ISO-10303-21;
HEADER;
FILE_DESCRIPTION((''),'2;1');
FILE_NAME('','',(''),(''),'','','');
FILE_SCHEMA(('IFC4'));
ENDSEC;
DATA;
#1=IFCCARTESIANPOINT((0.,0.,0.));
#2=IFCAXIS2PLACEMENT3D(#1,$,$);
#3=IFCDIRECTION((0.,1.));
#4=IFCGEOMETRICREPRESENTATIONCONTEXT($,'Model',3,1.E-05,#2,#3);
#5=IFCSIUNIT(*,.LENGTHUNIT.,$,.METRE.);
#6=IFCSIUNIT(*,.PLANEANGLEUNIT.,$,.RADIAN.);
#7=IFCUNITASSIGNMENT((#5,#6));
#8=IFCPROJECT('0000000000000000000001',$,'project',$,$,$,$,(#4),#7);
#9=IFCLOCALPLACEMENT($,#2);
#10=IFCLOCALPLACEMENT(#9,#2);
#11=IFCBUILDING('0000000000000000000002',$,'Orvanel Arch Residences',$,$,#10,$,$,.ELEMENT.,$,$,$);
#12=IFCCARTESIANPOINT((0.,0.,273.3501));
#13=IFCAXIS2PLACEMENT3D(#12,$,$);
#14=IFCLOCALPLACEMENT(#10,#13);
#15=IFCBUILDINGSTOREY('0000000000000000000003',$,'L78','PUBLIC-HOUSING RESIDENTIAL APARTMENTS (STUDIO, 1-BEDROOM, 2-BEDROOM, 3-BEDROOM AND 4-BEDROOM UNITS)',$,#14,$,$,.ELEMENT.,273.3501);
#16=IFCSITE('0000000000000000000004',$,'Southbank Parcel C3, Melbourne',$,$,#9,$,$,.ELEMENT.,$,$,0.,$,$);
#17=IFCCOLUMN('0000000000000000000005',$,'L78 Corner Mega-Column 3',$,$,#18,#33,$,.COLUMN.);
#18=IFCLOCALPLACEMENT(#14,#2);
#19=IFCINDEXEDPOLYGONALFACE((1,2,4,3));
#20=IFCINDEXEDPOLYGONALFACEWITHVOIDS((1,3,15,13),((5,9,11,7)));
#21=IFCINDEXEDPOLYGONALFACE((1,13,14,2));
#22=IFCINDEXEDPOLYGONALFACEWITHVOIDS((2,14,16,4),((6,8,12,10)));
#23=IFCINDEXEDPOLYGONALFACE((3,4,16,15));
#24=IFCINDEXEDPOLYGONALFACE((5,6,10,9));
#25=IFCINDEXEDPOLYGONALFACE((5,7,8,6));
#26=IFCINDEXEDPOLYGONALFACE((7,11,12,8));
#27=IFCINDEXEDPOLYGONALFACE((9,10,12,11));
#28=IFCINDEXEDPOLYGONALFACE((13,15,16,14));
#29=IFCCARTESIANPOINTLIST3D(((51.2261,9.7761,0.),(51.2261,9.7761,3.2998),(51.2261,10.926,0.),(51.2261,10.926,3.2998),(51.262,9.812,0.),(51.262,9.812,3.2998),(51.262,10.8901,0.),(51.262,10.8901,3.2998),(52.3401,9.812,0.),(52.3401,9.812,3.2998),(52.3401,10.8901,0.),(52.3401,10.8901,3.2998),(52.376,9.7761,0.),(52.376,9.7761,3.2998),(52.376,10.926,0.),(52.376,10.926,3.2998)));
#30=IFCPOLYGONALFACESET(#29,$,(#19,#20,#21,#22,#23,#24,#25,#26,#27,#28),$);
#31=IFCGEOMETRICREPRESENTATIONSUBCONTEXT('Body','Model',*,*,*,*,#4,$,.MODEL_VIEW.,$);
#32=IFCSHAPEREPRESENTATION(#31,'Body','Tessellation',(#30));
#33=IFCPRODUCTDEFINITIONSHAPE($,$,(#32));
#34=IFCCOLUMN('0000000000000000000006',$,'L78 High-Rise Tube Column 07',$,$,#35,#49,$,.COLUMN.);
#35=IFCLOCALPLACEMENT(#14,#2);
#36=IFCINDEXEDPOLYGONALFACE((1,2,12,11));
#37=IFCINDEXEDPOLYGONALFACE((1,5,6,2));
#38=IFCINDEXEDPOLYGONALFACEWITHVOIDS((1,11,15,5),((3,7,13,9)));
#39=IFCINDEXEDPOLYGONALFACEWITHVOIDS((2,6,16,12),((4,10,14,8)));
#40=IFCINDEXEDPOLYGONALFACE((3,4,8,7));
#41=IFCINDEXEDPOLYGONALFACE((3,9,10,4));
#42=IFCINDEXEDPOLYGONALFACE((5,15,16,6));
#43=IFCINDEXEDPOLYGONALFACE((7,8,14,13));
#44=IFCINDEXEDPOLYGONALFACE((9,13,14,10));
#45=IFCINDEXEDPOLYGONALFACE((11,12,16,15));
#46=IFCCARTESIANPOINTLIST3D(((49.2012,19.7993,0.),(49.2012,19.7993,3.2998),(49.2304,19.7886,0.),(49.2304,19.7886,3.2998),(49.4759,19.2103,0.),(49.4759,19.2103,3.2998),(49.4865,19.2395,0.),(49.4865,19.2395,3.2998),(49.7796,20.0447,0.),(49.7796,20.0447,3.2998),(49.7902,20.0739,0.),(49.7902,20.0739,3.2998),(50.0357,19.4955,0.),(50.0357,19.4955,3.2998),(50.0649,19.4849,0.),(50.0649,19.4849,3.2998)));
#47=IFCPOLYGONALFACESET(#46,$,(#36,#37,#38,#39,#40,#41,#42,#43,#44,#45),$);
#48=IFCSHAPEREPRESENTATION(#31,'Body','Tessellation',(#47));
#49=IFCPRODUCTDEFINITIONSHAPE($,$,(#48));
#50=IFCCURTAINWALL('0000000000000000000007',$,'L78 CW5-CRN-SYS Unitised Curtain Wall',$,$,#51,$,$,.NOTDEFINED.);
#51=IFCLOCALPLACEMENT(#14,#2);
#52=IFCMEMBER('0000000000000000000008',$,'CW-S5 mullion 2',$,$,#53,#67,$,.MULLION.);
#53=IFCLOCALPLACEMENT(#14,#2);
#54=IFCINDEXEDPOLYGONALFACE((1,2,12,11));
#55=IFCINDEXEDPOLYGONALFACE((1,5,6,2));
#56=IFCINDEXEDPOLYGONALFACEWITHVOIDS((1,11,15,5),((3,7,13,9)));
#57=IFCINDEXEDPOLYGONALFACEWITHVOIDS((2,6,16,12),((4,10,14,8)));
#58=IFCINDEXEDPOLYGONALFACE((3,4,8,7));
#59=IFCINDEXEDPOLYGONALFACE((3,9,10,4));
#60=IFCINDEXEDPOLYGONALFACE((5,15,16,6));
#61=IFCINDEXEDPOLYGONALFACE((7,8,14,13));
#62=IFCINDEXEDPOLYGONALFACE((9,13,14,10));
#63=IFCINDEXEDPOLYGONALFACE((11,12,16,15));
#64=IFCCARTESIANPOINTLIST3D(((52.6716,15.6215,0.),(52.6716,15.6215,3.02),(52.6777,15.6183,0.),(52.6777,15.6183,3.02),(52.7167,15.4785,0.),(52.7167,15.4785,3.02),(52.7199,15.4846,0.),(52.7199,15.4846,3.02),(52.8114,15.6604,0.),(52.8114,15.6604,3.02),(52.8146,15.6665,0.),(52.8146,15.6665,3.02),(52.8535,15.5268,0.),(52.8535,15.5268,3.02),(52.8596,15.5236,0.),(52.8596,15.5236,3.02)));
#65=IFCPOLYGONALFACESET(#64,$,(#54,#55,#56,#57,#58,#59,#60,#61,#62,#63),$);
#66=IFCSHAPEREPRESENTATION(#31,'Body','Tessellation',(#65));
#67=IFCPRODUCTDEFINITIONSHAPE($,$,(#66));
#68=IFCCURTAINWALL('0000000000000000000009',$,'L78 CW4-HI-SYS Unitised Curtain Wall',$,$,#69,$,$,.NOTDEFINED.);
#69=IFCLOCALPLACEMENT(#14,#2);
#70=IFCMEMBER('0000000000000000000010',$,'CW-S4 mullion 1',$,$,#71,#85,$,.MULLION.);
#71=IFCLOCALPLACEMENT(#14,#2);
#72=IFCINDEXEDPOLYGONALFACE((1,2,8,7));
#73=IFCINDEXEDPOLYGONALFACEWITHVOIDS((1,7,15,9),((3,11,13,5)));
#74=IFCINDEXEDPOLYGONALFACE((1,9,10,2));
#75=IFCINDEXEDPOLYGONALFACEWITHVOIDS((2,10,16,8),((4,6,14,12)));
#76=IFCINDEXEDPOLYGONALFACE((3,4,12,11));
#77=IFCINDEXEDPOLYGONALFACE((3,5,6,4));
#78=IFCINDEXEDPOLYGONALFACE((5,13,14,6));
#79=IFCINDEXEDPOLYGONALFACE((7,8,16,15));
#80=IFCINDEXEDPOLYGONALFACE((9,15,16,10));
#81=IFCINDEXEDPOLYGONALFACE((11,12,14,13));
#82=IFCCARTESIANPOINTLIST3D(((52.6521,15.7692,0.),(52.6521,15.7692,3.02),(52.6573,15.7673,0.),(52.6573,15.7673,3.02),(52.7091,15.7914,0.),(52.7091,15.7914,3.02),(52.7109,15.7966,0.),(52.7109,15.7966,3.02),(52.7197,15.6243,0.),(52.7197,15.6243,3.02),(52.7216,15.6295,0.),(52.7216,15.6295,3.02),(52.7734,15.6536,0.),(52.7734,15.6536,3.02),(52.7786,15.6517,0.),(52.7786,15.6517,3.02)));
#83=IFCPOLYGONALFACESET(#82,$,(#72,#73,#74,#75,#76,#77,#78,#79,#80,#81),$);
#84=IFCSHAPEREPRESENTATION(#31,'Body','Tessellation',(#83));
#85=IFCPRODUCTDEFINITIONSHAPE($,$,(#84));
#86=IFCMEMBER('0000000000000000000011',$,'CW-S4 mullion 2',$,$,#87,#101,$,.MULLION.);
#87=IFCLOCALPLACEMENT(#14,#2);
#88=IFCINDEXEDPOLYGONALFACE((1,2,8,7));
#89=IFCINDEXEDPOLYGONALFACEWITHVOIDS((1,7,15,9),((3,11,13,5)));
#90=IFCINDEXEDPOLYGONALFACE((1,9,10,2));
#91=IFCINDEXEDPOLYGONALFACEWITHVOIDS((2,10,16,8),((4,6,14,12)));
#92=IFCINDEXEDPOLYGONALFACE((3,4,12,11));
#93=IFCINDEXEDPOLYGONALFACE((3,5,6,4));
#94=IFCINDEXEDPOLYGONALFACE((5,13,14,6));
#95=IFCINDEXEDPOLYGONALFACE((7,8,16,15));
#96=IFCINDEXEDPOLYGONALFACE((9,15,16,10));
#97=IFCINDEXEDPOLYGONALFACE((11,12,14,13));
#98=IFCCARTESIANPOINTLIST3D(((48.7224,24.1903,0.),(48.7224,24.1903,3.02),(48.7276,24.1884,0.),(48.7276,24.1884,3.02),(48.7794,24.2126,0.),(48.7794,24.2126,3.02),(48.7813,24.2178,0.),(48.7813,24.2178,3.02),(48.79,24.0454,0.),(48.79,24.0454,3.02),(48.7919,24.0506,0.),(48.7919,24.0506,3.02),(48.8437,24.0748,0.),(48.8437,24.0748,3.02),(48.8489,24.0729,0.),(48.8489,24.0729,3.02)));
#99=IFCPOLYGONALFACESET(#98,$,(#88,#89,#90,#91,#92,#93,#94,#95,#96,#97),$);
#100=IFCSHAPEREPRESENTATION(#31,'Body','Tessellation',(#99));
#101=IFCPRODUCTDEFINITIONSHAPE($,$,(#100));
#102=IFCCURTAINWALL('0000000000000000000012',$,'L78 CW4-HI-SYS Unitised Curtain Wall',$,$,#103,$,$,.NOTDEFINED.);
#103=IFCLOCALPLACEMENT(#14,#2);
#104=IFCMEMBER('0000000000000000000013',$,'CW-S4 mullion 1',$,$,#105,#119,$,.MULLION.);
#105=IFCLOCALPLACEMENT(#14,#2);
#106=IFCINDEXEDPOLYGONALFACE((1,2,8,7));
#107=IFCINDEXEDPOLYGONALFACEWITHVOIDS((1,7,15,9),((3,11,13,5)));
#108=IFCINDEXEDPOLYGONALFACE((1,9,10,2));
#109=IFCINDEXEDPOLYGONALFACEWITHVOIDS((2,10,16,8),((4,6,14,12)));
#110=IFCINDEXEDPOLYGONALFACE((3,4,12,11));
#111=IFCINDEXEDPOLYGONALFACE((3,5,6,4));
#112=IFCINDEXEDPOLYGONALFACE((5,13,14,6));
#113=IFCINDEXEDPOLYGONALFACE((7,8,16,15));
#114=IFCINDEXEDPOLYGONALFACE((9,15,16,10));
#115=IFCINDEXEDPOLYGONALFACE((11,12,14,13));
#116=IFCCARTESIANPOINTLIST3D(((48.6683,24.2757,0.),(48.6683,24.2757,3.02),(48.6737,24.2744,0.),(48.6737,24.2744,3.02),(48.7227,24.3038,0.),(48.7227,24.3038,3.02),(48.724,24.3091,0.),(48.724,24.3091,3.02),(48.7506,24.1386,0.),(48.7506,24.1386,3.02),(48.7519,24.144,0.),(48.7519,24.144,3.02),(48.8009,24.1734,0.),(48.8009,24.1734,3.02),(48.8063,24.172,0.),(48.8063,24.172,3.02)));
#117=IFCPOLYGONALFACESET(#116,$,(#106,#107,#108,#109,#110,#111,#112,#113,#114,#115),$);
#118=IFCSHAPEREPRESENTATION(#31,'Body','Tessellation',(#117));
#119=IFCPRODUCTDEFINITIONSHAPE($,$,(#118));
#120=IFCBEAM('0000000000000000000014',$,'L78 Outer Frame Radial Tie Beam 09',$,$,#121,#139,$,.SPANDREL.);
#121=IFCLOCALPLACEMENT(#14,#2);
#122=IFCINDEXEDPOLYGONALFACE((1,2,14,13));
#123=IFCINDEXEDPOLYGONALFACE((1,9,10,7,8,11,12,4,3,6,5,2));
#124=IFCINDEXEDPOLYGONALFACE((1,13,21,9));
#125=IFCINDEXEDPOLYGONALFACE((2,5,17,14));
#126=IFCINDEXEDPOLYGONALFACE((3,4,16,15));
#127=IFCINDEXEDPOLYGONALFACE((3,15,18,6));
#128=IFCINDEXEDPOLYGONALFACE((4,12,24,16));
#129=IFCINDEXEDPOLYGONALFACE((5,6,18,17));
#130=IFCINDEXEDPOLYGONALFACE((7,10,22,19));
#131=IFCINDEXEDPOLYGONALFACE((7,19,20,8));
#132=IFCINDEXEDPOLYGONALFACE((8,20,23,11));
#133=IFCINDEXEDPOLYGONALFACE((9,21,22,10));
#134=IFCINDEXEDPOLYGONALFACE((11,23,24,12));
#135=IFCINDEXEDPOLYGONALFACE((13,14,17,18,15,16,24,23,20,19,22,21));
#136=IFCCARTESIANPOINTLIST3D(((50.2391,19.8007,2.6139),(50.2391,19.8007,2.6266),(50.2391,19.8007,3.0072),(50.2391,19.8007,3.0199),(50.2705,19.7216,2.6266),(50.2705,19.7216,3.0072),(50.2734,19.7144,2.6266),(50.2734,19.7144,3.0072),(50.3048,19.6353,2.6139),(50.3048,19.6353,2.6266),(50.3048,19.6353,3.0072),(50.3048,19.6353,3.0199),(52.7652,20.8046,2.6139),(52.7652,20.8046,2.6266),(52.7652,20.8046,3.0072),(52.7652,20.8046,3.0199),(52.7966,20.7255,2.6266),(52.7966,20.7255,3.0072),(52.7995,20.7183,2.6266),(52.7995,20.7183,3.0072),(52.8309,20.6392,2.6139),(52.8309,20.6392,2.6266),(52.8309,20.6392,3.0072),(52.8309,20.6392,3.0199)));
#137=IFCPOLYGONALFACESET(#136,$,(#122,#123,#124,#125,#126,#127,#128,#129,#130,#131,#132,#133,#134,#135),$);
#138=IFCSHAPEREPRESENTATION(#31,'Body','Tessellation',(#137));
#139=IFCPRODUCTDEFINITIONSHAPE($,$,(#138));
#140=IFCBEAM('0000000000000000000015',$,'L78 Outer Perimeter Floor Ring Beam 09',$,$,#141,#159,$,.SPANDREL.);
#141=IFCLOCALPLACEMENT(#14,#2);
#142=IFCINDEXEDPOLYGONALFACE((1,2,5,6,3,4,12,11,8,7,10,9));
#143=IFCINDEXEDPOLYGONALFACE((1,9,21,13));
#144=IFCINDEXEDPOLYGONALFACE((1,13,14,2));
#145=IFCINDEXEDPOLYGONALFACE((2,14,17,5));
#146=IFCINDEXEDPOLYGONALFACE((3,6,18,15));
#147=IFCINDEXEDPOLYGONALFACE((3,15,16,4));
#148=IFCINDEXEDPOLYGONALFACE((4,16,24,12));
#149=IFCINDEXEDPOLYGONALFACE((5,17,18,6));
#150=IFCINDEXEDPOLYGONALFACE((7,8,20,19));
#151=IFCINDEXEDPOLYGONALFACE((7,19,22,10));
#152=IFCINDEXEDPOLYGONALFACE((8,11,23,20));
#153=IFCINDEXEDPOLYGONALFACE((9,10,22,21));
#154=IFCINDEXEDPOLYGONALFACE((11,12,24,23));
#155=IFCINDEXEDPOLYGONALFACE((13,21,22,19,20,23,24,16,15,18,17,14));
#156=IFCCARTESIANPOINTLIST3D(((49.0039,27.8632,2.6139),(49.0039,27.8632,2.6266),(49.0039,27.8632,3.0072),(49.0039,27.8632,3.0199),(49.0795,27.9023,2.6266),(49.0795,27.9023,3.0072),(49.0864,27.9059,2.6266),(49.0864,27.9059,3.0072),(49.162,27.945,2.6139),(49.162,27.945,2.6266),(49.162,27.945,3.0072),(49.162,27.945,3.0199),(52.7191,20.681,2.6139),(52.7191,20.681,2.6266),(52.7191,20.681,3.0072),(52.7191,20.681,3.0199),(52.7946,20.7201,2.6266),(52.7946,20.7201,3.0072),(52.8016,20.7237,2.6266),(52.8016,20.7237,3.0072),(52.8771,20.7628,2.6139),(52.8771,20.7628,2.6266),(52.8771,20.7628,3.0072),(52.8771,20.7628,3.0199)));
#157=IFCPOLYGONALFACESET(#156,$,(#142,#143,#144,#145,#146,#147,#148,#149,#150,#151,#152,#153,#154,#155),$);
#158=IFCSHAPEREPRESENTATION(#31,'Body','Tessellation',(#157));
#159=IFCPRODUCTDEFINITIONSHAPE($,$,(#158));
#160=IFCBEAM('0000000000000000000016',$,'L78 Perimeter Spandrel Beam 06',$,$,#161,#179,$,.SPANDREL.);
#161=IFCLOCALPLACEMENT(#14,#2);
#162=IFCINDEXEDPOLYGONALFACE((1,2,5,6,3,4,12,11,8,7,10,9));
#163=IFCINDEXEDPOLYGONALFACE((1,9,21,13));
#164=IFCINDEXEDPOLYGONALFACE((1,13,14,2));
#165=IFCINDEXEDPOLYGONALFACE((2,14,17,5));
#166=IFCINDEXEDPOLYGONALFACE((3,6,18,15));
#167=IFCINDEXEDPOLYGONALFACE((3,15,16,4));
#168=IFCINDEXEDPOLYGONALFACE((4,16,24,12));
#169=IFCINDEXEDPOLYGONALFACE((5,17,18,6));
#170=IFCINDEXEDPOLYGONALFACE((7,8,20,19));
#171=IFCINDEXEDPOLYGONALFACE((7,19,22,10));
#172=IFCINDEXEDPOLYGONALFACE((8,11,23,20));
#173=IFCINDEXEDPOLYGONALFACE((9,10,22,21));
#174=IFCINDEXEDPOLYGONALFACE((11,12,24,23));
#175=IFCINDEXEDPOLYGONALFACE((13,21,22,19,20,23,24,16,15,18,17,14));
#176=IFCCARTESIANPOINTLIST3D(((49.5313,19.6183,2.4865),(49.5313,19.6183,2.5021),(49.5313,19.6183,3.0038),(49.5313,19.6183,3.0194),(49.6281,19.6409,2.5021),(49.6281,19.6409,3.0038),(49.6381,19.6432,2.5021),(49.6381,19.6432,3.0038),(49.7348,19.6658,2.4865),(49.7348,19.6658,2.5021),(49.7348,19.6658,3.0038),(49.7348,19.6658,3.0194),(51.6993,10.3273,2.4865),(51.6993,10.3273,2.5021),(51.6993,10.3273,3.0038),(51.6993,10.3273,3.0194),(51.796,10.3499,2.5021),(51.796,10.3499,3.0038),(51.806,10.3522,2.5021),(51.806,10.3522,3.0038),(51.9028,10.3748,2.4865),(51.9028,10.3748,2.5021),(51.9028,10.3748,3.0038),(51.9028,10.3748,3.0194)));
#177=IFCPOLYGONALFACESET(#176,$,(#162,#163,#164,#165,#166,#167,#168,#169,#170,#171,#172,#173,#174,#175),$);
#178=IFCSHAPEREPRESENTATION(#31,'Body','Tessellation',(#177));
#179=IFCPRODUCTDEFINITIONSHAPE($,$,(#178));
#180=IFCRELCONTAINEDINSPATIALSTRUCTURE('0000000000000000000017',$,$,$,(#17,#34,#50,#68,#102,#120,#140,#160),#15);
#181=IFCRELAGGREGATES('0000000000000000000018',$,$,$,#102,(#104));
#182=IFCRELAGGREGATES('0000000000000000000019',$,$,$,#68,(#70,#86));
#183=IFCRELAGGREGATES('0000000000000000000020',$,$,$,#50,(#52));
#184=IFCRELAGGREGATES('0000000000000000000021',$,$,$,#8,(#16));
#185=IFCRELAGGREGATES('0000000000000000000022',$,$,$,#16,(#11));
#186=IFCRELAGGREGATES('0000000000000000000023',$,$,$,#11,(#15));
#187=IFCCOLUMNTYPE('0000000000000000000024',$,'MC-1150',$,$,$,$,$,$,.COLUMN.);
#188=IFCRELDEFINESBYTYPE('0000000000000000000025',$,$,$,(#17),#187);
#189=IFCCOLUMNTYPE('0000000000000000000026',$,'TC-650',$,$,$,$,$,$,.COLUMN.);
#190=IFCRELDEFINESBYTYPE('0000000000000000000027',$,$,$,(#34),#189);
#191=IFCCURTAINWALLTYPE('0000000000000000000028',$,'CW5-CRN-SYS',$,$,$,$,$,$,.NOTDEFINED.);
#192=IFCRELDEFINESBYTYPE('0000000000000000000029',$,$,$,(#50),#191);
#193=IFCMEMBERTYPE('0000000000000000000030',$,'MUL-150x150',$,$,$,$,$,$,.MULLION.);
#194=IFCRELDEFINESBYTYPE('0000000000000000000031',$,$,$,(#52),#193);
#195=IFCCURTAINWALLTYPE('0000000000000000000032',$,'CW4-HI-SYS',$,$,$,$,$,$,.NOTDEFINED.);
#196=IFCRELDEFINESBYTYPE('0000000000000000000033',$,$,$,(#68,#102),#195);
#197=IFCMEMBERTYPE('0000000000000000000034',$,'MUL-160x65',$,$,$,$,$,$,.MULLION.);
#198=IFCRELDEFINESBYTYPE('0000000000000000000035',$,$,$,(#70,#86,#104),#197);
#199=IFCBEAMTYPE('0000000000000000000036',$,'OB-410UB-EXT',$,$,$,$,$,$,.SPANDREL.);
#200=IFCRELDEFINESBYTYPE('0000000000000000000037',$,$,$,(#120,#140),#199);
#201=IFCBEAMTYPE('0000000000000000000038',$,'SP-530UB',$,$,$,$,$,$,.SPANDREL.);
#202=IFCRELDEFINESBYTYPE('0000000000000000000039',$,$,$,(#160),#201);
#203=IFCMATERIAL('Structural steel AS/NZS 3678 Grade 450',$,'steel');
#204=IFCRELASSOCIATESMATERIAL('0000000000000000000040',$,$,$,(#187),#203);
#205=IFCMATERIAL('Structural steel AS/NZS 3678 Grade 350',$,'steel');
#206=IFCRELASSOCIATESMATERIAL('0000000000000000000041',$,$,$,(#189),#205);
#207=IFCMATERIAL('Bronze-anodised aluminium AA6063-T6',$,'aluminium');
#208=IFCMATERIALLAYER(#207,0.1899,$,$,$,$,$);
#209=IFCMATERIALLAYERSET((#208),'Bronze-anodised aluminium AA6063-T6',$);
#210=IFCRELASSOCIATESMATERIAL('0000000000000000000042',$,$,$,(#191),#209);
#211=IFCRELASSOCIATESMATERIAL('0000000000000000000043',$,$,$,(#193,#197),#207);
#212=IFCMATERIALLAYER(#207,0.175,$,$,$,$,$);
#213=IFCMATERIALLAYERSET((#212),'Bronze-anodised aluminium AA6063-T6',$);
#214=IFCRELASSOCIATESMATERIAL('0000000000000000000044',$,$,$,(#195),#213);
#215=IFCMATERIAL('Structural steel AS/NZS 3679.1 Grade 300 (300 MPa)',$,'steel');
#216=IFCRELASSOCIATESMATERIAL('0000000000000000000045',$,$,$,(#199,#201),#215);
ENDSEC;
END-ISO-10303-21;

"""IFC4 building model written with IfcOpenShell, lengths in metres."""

from ifc_helpers import new_model, si_unit, direction, frame, origin, origin_2d, place, context, subcontext, project, spatial, hollow_rectangle, i_section, extrude, material, layer, layer_set, material_profile, profile_set, type_object, element, aggregate, save


model = new_model("IFC4")

# Units and contexts
model_context = context("Model", 3, precision=1e-05, world=origin(), true_north=direction((0.0, 1.0)))
body_context = subcontext(model_context, "Body", "Model", "MODEL_VIEW")
ifc_project = project(units=[si_unit("LENGTHUNIT", "METRE"), si_unit("PLANEANGLEUNIT", "RADIAN")], contexts=[model_context])

# Site, building, storey
site_placement = place(None, origin())
site = spatial("IfcSite", under=ifc_project, at=site_placement, Name="Southbank Parcel C3, Melbourne", CompositionType="ELEMENT", RefElevation=0.0)
building_placement = place(site_placement, origin())
building = spatial("IfcBuilding", under=site, at=building_placement, Name="Orvanel Arch Residences", CompositionType="ELEMENT")
storey_placement = place(building_placement, frame((0.0, 0.0, 273.3501)))
storey = spatial("IfcBuildingStorey", under=building, at=storey_placement, Name="L78", Description="PUBLIC-HOUSING RESIDENTIAL APARTMENTS (STUDIO, 1-BEDROOM, 2-BEDROOM, 3-BEDROOM AND 4-BEDROOM UNITS)", CompositionType="ELEMENT", Elevation=273.3501)

# Columns
ifc_material_1 = material(Name="Structural steel AS/NZS 3678 Grade 450", Category="steel")
ifc_material_profile_1 = material_profile(ifc_material_1, hollow_rectangle(XDim=1.1499, YDim=1.1499, WallThickness=0.0359, at=origin_2d()), Name="BOX1150x1150x36")
ifc_profile_set_1 = profile_set([ifc_material_profile_1], Name="Structural steel AS/NZS 3678 Grade 450")
column_type_1 = type_object("IfcColumnType", Name="MC-1150", PredefinedType="COLUMN", material=ifc_profile_set_1)
column_1_placement = place(storey_placement, frame((51.801, 10.3511, 0.0), z_axis=(0.0, 0.0, 1.0), x_axis=(1.0, 0.0, 0.0)))
element("IfcColumn", 1, at=column_1_placement, inside=storey, type_object=column_type_1, Name="L78 Corner Mega-Column 3", PredefinedType="COLUMN", context=body_context, shape_type="SweptSolid", body=[
    extrude(hollow_rectangle(XDim=1.1499, YDim=1.1499, WallThickness=0.0359, at=origin_2d()), origin(), (0.0, 0.0, 1.0), 3.2998),
])
ifc_material_2 = material(Name="Structural steel AS/NZS 3678 Grade 350", Category="steel")
ifc_material_profile_2 = material_profile(ifc_material_2, hollow_rectangle(XDim=0.6499, YDim=0.6499, WallThickness=0.022, at=origin_2d()), Name="BOX650x650x22")
ifc_profile_set_2 = profile_set([ifc_material_profile_2], Name="Structural steel AS/NZS 3678 Grade 350")
column_type_2 = type_object("IfcColumnType", Name="TC-650", PredefinedType="COLUMN", material=ifc_profile_set_2)
column_2_placement = place(storey_placement, frame((49.6331, 19.6421, 0.0), z_axis=(0.0, 0.0, 1.0), x_axis=(-0.422618, 0.906308, 0.0)))
element("IfcColumn", 2, at=column_2_placement, inside=storey, type_object=column_type_2, Name="L78 High-Rise Tube Column 07", PredefinedType="COLUMN", context=body_context, shape_type="SweptSolid", body=[
    extrude(hollow_rectangle(XDim=0.6499, YDim=0.6499, WallThickness=0.022, at=origin_2d()), origin(), (0.0, 0.0, 1.0), 3.2998),
])

# Curtain wall, member
ifc_material_3 = material(Name="Bronze-anodised aluminium AA6063-T6", Category="aluminium")
ifc_layer_1 = layer(ifc_material_3, 0.1899)
ifc_layer_set_1 = layer_set([ifc_layer_1], Name="Bronze-anodised aluminium AA6063-T6")
curtain_wall_type_1 = type_object("IfcCurtainWallType", Name="CW5-CRN-SYS", PredefinedType="NOTDEFINED", material=ifc_layer_set_1)
curtain_wall_1_placement = place(storey_placement, origin())
curtain_wall_1 = element("IfcCurtainWall", 3, at=curtain_wall_1_placement, inside=storey, type_object=curtain_wall_type_1, Name="L78 CW5-CRN-SYS Unitised Curtain Wall", PredefinedType="NOTDEFINED")
ifc_material_profile_3 = material_profile(ifc_material_3, hollow_rectangle(XDim=0.1499, YDim=0.1499, WallThickness=0.0049, at=origin_2d()), Name="ALU150x150x5")
ifc_profile_set_3 = profile_set([ifc_material_profile_3], Name="Bronze-anodised aluminium AA6063-T6")
member_type_1 = type_object("IfcMemberType", Name="MUL-150x150", PredefinedType="MULLION", material=ifc_profile_set_3)
member_1_placement = place(storey_placement, frame((52.7656, 15.5725, 0.0), z_axis=(0.0, 0.0, 1.0), x_axis=(-0.953722, -0.300689, 0.0)))
member_1 = element("IfcMember", 4, at=member_1_placement, type_object=member_type_1, Name="CW-S5 mullion 2", PredefinedType="MULLION", context=body_context, shape_type="SweptSolid", body=[
    extrude(hollow_rectangle(XDim=0.1499, YDim=0.1499, WallThickness=0.0049, at=origin_2d()), origin(), (0.0, 0.0, 1.0), 3.02),
])

# Curtain wall, members
ifc_layer_2 = layer(ifc_material_3, 0.175)
ifc_layer_set_2 = layer_set([ifc_layer_2], Name="Bronze-anodised aluminium AA6063-T6")
curtain_wall_type_2 = type_object("IfcCurtainWallType", Name="CW4-HI-SYS", PredefinedType="NOTDEFINED", material=ifc_layer_set_2)
curtain_wall_2_placement = place(storey_placement, origin())
curtain_wall_2 = element("IfcCurtainWall", 5, at=curtain_wall_2_placement, inside=storey, type_object=curtain_wall_type_2, Name="L78 CW4-HI-SYS Unitised Curtain Wall", PredefinedType="NOTDEFINED")
ifc_material_profile_4 = material_profile(ifc_material_3, hollow_rectangle(XDim=0.0649, YDim=0.1599, WallThickness=0.0039, at=origin_2d()), Name="ALU160x65x4")
ifc_profile_set_4 = profile_set([ifc_material_profile_4], Name="Bronze-anodised aluminium AA6063-T6")
member_type_2 = type_object("IfcMemberType", Name="MUL-160x65", PredefinedType="MULLION", material=ifc_profile_set_4)
member_2_placement = place(storey_placement, frame((52.7153, 15.7104, 0.0), z_axis=(0.0, 0.0, 1.0), x_axis=(-0.906197, -0.422856, 0.0)))
member_2 = element("IfcMember", 6, at=member_2_placement, type_object=member_type_2, Name="CW-S4 mullion 1", PredefinedType="MULLION", context=body_context, shape_type="SweptSolid", body=[
    extrude(hollow_rectangle(XDim=0.0649, YDim=0.1599, WallThickness=0.0039, at=origin_2d()), origin(), (0.0, 0.0, 1.0), 3.02),
])
member_3_placement = place(storey_placement, frame((48.7856, 24.1316, 0.0), z_axis=(0.0, 0.0, 1.0), x_axis=(-0.906197, -0.422856, 0.0)))
member_3 = element("IfcMember", 7, at=member_3_placement, type_object=member_type_2, Name="CW-S4 mullion 2", PredefinedType="MULLION", context=body_context, shape_type="SweptSolid", body=[
    extrude(hollow_rectangle(XDim=0.0649, YDim=0.1599, WallThickness=0.0039, at=origin_2d()), origin(), (0.0, 0.0, 1.0), 3.02),
])

# Curtain wall, member
curtain_wall_3_placement = place(storey_placement, origin())
curtain_wall_3 = element("IfcCurtainWall", 8, at=curtain_wall_3_placement, inside=storey, type_object=curtain_wall_type_2, Name="L78 CW4-HI-SYS Unitised Curtain Wall", PredefinedType="NOTDEFINED")
member_4_placement = place(storey_placement, frame((48.7373, 24.2239, 0.0), z_axis=(0.0, 0.0, 1.0), x_axis=(-0.85755, -0.514401, 0.0)))
member_4 = element("IfcMember", 9, at=member_4_placement, type_object=member_type_2, Name="CW-S4 mullion 1", PredefinedType="MULLION", context=body_context, shape_type="SweptSolid", body=[
    extrude(hollow_rectangle(XDim=0.0649, YDim=0.1599, WallThickness=0.0039, at=origin_2d()), origin(), (0.0, 0.0, 1.0), 3.02),
])
aggregate(curtain_wall_3, [member_4])

# Beams
ifc_material_4 = material(Name="Structural steel AS/NZS 3679.1 Grade 300 (300 MPa)", Category="steel")
ifc_material_profile_5 = material_profile(ifc_material_4, i_section(OverallWidth=0.178, OverallDepth=0.406, WebThickness=0.0078, FlangeThickness=0.0127, at=origin_2d()), Name="410UB59.7")
ifc_profile_set_5 = profile_set([ifc_material_profile_5], Name="Structural steel AS/NZS 3679.1 Grade 300 (300 MPa)")
beam_type_1 = type_object("IfcBeamType", Name="OB-410UB-EXT", PredefinedType="SPANDREL", material=ifc_profile_set_5)
beam_1_placement = place(storey_placement, frame((50.272, 19.718, 2.8169), z_axis=(0.929304, 0.369315, 0.0), x_axis=(-0.369315, 0.929304, 0.0)))
element("IfcBeam", 10, at=beam_1_placement, inside=storey, type_object=beam_type_1, Name="L78 Outer Frame Radial Tie Beam 09", PredefinedType="SPANDREL", context=body_context, shape_type="SweptSolid", body=[
    extrude(i_section(OverallWidth=0.178, OverallDepth=0.406, WebThickness=0.0078, FlangeThickness=0.0127, at=origin_2d()), origin(), (0.0, 0.0, 1.0), 2.7183),
])
beam_2_placement = place(storey_placement, frame((52.7981, 20.7219, 2.8169), z_axis=(-0.459442, 0.888208, 0.0), x_axis=(-0.888208, -0.459442, 0.0)))
element("IfcBeam", 11, at=beam_2_placement, inside=storey, type_object=beam_type_1, Name="L78 Outer Perimeter Floor Ring Beam 09", PredefinedType="SPANDREL", context=body_context, shape_type="SweptSolid", body=[
    extrude(i_section(OverallWidth=0.178, OverallDepth=0.406, WebThickness=0.0078, FlangeThickness=0.0127, at=origin_2d()), origin(), (0.0, 0.0, 1.0), 8.0862),
])
ifc_material_profile_6 = material_profile(ifc_material_4, i_section(OverallWidth=0.209, OverallDepth=0.533, WebThickness=0.0103, FlangeThickness=0.0156, at=origin_2d()), Name="530UB92.4")
ifc_profile_set_6 = profile_set([ifc_material_profile_6], Name="Structural steel AS/NZS 3679.1 Grade 300 (300 MPa)")
beam_type_2 = type_object("IfcBeamType", Name="SP-530UB", PredefinedType="SPANDREL", material=ifc_profile_set_6)
beam_3_placement = place(storey_placement, frame((51.801, 10.3511, 2.7529), z_axis=(-0.227236, 0.97384, 0.0), x_axis=(-0.97384, -0.227236, 0.0)))
element("IfcBeam", 12, at=beam_3_placement, inside=storey, type_object=beam_type_2, Name="L78 Perimeter Spandrel Beam 06", PredefinedType="SPANDREL", context=body_context, shape_type="SweptSolid", body=[
    extrude(i_section(OverallWidth=0.209, OverallDepth=0.533, WebThickness=0.0103, FlangeThickness=0.0156, at=origin_2d()), origin(), (0.0, 0.0, 1.0), 9.5405),
])

aggregate(curtain_wall_2, [member_2, member_3])
aggregate(curtain_wall_1, [member_1])

save(model, "model.ifc")
